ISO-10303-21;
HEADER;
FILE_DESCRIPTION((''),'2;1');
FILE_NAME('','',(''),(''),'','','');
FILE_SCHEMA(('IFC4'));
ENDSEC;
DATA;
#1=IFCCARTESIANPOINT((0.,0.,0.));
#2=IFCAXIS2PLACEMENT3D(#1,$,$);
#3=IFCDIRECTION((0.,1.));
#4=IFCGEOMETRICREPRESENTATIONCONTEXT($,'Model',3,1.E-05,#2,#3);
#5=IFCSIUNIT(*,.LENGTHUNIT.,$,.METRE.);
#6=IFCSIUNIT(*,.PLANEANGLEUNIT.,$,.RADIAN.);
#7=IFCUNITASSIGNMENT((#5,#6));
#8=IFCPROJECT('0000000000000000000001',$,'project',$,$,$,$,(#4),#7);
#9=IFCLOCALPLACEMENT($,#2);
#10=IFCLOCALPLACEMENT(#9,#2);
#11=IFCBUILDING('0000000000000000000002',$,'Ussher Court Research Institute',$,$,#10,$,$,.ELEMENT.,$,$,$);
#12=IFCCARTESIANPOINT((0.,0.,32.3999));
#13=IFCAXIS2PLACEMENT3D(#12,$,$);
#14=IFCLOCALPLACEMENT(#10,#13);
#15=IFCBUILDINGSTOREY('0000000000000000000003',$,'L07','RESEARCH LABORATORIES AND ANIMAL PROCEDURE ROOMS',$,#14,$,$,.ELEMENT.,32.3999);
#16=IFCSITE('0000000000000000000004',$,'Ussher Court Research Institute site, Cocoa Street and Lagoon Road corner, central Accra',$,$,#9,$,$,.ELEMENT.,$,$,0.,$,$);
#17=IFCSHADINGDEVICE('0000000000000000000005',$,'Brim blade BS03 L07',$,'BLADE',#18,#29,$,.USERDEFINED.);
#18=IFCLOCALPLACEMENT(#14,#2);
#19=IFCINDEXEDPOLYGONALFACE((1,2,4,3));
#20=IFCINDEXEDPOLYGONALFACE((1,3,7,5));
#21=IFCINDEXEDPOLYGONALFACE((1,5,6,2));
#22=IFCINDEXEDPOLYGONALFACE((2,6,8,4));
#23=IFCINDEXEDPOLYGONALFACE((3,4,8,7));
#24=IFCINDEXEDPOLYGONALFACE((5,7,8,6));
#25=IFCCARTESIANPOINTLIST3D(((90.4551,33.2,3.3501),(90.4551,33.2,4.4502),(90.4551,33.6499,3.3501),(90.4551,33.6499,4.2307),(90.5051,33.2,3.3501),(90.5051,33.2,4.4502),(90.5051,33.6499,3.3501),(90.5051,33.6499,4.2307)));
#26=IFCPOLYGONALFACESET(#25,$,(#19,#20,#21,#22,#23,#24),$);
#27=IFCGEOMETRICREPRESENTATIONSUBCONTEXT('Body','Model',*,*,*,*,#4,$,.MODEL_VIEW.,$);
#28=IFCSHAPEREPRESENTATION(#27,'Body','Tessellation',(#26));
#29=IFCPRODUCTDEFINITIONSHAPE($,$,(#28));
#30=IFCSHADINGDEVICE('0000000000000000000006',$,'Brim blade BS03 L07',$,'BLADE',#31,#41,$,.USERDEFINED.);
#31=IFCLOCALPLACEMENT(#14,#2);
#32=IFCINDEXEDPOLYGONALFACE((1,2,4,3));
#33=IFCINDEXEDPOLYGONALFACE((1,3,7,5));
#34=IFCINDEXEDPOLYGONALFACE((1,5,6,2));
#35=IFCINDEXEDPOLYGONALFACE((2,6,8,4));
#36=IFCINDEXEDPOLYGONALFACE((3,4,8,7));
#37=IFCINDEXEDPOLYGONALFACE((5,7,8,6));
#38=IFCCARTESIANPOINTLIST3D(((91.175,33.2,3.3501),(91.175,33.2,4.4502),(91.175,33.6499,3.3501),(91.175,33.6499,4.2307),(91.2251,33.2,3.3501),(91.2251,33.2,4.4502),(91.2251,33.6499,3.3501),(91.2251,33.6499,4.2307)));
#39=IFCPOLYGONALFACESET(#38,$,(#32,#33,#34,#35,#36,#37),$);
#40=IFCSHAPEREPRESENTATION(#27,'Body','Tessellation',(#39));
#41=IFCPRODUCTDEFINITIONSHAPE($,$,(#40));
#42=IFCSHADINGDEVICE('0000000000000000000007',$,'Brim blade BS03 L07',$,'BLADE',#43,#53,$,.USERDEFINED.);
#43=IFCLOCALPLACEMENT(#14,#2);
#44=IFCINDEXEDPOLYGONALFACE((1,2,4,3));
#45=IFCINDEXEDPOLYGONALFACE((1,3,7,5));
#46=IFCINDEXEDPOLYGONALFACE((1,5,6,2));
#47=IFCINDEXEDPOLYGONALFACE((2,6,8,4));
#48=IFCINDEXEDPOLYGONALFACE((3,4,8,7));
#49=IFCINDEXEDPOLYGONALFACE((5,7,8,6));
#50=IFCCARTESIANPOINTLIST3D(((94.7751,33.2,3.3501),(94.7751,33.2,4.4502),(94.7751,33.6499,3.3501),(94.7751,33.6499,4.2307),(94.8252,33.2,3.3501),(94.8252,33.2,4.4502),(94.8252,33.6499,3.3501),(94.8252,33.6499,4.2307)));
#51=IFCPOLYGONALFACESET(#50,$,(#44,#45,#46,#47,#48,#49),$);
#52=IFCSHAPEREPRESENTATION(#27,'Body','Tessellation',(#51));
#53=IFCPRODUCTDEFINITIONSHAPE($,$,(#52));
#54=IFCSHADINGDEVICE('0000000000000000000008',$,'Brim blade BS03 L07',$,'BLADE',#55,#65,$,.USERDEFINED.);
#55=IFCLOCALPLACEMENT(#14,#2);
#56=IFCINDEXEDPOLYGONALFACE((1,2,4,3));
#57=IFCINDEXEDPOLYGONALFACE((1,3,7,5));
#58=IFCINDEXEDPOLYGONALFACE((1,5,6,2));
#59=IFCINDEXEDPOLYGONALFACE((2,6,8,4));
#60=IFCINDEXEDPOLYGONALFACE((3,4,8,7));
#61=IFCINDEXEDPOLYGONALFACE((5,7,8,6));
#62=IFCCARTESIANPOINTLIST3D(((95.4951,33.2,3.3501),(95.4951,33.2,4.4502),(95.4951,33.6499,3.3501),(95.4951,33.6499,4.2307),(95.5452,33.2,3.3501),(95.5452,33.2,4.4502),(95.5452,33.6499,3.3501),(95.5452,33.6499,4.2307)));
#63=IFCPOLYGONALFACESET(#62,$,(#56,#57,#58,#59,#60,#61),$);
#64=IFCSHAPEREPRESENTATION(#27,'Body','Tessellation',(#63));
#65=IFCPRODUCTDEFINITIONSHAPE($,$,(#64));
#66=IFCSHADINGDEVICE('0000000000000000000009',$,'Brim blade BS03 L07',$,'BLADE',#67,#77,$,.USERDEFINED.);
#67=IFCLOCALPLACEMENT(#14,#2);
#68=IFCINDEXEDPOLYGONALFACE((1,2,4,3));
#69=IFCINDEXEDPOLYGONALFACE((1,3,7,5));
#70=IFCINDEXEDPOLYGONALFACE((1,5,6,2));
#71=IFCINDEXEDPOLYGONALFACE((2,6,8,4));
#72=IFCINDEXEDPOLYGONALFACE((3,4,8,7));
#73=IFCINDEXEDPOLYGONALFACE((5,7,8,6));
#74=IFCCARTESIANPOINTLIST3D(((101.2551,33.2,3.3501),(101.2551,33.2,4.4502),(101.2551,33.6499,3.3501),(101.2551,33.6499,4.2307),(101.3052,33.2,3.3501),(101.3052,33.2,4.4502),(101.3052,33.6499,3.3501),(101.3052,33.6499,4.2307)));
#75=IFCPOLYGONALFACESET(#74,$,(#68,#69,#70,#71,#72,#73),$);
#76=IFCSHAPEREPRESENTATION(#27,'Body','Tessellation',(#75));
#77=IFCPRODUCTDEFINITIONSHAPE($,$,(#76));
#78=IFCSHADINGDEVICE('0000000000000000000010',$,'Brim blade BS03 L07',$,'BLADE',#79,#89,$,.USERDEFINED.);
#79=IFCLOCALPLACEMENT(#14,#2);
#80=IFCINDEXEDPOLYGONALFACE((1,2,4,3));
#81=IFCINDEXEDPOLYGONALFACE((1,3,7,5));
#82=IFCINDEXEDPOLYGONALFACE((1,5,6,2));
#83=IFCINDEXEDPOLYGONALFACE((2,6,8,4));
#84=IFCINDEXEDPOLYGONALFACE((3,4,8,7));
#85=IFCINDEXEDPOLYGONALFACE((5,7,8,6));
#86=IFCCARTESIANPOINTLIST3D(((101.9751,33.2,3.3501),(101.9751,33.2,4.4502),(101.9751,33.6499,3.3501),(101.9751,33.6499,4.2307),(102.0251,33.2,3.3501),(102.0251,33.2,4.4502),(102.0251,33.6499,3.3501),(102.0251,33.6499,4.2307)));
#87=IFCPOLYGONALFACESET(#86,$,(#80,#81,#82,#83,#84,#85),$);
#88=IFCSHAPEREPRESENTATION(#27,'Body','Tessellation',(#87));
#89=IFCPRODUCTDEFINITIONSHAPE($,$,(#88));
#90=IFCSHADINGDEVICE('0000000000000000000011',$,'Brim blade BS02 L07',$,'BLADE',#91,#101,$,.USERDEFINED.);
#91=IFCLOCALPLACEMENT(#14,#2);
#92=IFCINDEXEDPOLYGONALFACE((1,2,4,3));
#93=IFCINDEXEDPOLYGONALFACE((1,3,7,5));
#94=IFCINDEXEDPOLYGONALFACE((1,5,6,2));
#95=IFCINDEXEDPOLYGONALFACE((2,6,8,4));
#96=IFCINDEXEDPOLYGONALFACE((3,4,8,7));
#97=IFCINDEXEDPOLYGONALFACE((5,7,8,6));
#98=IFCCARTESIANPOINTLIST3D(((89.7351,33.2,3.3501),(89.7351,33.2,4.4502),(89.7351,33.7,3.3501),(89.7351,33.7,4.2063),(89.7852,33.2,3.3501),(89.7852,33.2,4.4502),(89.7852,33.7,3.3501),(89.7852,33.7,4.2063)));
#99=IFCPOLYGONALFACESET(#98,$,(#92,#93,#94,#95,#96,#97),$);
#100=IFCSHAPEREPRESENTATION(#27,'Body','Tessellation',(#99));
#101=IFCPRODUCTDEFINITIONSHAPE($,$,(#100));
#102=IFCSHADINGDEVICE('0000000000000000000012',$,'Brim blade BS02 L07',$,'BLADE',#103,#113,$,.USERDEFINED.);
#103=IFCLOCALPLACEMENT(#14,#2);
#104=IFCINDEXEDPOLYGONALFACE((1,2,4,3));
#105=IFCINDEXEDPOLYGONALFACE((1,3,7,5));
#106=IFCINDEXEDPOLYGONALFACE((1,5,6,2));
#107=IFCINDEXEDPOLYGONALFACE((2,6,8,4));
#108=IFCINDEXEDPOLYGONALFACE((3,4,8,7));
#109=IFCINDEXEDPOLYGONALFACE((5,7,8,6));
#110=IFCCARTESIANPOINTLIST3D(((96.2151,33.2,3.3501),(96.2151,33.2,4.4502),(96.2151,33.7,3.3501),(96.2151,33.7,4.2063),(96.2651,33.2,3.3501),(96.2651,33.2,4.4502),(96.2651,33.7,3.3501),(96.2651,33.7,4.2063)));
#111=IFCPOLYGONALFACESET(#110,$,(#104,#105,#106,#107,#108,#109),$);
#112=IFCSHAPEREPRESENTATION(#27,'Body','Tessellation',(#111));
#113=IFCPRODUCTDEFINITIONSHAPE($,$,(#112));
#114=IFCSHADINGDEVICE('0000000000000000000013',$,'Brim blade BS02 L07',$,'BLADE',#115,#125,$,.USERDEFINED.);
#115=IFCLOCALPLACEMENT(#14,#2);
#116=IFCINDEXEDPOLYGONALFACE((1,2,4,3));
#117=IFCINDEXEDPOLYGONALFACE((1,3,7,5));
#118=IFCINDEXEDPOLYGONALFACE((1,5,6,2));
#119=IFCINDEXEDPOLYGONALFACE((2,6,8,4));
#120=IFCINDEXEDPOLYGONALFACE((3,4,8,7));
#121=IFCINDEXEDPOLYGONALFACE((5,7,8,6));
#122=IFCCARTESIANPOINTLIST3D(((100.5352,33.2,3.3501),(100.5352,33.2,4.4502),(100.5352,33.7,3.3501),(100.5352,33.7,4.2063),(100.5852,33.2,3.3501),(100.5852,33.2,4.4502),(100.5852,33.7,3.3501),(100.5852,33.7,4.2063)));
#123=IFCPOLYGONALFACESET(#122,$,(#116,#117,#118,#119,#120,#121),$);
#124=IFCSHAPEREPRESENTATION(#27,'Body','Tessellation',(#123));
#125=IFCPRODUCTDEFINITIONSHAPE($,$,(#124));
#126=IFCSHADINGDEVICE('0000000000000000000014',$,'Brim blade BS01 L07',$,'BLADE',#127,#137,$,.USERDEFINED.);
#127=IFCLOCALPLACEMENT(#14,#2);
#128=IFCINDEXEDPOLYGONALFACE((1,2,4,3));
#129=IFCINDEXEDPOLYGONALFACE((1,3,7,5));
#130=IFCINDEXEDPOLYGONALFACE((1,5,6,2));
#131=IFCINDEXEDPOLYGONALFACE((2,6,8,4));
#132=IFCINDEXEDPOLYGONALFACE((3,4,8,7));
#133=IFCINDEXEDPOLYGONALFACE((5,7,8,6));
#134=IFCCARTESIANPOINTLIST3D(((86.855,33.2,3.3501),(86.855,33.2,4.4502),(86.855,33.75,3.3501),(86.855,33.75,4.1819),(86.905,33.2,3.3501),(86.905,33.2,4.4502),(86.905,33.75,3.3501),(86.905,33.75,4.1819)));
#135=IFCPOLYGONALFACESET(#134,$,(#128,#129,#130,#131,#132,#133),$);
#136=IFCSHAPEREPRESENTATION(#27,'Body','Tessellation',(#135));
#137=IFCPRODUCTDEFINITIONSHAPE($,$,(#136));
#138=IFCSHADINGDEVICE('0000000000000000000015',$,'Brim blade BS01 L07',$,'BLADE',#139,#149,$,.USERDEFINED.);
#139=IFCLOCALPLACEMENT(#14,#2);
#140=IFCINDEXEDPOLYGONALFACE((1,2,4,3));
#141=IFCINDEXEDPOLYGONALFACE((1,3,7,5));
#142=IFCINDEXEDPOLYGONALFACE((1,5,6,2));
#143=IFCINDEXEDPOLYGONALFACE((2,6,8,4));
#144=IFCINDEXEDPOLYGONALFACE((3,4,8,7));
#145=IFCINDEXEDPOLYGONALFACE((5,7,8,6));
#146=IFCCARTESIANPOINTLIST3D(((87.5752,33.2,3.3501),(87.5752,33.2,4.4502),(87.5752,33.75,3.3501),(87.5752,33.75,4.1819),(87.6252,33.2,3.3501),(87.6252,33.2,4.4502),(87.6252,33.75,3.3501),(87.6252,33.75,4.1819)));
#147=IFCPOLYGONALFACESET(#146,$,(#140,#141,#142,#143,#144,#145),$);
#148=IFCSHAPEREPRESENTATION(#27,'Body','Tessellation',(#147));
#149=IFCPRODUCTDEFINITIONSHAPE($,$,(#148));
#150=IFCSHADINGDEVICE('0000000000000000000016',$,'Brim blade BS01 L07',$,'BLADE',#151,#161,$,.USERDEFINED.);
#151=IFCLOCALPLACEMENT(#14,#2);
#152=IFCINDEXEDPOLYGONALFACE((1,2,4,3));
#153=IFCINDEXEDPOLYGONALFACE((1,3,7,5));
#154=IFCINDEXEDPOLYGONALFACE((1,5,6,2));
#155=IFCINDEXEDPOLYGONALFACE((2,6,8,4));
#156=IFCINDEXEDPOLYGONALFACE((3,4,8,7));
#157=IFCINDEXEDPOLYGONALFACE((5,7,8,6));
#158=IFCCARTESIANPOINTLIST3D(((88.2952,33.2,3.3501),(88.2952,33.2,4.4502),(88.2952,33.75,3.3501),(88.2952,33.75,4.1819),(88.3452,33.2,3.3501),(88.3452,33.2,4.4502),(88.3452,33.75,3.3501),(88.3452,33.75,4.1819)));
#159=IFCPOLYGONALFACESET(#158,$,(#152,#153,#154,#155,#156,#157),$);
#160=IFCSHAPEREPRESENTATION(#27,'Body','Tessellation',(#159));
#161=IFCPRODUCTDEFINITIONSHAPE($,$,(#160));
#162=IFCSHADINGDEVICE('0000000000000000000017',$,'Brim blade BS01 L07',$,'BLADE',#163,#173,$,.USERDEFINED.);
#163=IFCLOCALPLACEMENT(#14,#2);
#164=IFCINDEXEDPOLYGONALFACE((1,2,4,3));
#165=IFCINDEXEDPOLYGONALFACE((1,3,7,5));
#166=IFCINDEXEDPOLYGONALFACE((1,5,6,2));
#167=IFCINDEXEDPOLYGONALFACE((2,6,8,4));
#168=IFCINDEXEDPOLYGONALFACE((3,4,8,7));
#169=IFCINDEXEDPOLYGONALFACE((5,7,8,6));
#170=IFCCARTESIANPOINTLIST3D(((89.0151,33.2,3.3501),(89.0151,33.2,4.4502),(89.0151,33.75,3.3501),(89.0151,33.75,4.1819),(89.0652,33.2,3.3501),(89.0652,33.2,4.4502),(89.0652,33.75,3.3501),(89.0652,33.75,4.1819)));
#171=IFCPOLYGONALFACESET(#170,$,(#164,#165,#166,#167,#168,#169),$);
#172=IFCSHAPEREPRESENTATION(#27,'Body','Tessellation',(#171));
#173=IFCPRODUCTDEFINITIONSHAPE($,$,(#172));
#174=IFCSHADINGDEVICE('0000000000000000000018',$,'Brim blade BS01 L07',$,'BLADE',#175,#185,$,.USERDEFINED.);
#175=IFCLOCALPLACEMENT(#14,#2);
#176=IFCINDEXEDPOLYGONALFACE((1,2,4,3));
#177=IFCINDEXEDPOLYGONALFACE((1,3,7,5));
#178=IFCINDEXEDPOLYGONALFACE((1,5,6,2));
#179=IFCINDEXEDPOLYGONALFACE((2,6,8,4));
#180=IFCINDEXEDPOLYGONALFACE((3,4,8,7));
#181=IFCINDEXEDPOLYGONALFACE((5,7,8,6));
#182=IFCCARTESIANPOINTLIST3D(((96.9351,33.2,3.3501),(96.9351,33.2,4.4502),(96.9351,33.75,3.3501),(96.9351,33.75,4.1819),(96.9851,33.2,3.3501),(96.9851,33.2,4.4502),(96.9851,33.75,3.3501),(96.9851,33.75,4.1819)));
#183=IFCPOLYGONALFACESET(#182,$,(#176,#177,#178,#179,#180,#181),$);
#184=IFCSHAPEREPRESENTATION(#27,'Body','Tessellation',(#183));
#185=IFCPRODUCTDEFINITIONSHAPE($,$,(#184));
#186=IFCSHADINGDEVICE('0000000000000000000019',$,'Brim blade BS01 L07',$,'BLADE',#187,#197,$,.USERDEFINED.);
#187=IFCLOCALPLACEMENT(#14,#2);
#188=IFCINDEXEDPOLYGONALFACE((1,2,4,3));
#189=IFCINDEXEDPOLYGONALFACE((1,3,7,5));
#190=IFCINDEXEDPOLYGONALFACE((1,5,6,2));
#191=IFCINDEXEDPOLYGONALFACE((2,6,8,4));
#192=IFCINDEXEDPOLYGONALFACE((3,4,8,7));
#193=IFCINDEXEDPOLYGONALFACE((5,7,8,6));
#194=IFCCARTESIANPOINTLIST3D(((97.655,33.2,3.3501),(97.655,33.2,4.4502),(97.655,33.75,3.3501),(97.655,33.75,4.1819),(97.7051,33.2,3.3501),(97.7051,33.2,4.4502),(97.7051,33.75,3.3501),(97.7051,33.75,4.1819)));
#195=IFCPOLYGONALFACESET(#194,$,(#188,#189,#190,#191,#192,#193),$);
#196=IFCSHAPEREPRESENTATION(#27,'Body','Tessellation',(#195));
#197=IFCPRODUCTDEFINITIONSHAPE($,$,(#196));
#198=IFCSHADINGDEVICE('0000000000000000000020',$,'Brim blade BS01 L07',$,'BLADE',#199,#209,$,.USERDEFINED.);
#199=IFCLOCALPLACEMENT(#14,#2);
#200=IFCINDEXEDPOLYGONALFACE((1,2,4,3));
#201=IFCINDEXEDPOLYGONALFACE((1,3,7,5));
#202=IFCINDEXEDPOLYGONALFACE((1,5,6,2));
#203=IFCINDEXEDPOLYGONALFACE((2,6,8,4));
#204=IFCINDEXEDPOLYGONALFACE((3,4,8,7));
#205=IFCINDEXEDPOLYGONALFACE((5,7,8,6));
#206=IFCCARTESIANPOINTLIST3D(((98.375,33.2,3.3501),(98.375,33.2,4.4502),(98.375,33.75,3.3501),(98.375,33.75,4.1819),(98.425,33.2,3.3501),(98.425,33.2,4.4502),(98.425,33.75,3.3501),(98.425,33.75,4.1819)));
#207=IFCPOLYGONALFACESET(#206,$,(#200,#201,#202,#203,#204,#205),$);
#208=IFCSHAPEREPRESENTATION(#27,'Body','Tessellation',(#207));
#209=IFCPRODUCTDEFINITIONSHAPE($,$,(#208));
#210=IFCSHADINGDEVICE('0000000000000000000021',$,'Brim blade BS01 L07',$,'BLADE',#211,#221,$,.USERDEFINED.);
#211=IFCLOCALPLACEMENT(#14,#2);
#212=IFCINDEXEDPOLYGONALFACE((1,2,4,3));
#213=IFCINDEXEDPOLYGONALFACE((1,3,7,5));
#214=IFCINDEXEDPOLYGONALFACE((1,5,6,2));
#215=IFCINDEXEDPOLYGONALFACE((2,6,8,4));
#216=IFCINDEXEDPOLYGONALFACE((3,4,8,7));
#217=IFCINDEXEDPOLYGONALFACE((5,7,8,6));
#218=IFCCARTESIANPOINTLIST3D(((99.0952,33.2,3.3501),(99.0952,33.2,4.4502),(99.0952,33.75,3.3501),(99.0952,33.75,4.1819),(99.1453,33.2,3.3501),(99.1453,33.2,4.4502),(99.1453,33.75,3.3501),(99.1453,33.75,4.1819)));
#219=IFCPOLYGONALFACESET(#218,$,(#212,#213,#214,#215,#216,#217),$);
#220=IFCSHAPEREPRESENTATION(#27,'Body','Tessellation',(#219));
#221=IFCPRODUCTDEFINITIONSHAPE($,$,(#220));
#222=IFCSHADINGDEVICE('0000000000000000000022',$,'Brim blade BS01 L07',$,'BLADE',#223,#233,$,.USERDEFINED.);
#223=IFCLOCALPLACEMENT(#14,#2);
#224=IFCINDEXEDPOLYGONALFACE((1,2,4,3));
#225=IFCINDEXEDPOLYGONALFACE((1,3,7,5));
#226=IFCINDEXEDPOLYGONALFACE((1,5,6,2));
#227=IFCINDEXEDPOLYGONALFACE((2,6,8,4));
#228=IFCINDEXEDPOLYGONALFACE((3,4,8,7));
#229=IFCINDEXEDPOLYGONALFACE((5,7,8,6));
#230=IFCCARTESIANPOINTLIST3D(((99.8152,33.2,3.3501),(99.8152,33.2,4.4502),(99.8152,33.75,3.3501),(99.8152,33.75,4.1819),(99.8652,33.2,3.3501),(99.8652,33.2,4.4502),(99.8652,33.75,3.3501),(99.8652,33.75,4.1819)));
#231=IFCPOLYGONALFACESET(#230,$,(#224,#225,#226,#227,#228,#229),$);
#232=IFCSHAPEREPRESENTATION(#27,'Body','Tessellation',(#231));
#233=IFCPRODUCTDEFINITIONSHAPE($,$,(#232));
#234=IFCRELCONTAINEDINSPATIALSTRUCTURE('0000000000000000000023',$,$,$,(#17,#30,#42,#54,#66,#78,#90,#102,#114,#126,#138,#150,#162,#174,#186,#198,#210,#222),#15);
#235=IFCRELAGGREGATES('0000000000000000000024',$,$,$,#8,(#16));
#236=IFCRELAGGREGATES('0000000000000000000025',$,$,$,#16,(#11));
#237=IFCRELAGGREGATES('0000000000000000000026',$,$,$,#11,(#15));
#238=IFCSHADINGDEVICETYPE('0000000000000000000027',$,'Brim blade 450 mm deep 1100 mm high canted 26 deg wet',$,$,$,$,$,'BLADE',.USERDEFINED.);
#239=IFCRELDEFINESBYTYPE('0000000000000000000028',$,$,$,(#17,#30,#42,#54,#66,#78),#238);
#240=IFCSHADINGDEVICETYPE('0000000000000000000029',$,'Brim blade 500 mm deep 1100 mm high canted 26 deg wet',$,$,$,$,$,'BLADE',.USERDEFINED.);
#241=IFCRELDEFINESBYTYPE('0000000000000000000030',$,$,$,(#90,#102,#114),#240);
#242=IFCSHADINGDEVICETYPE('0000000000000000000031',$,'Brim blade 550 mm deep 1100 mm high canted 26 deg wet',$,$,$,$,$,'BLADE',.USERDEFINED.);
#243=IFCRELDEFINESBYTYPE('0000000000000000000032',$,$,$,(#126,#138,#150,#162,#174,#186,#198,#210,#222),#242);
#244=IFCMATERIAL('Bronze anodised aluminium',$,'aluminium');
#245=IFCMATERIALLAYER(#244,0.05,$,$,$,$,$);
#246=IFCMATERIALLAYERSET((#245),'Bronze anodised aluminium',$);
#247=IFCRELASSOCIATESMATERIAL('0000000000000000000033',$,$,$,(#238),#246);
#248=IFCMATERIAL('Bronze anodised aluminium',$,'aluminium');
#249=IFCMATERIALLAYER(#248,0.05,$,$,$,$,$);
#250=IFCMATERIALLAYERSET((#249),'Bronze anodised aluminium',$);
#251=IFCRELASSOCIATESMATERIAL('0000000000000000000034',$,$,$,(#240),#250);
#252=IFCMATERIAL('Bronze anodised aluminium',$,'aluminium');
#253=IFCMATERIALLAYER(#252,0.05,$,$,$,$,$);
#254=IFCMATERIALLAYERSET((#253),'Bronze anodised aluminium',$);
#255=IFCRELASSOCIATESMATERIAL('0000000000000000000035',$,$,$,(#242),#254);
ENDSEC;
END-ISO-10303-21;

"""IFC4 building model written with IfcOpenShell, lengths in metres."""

from ifc_helpers import new_model, si_unit, direction, frame, origin, place, context, subcontext, project, spatial, polyline, outline, extrude, material, layer, layer_set, type_object, element, save


model = new_model("IFC4")

# Units and contexts
model_context = context("Model", 3, precision=1e-05, world=origin(), true_north=direction((0.0, 1.0)))
body_context = subcontext(model_context, "Body", "Model", "MODEL_VIEW")
ifc_project = project(units=[si_unit("LENGTHUNIT", "METRE"), si_unit("PLANEANGLEUNIT", "RADIAN")], contexts=[model_context])

# Site, building, storey
site_placement = place(None, origin())
site = spatial("IfcSite", under=ifc_project, at=site_placement, Name="Ussher Court Research Institute site, Cocoa Street and Lagoon Road corner, central Accra", CompositionType="ELEMENT", RefElevation=0.0)
building_placement = place(site_placement, origin())
building = spatial("IfcBuilding", under=site, at=building_placement, Name="Ussher Court Research Institute", CompositionType="ELEMENT")
storey_placement = place(building_placement, frame((0.0, 0.0, 32.3999)))
storey = spatial("IfcBuildingStorey", under=building, at=storey_placement, Name="L07", Description="RESEARCH LABORATORIES AND ANIMAL PROCEDURE ROOMS", CompositionType="ELEMENT", Elevation=32.3999)

# Shading devices
ifc_material_1 = material(Name="Bronze anodised aluminium", Category="aluminium")
ifc_layer_1 = layer(ifc_material_1, 0.05)
ifc_layer_set_1 = layer_set([ifc_layer_1], Name="Bronze anodised aluminium")
shading_device_type_1 = type_object("IfcShadingDeviceType", Name="Brim blade 450 mm deep 1100 mm high canted 26 deg wet", ElementType="BLADE", PredefinedType="USERDEFINED", material=ifc_layer_set_1)
for number, where, z_axis, x_axis, name in (
    (1, (90.48, 33.2, 3.3501), (0.0, 0.0, 1.0), (0.0, 1.0, 0.0), "Brim blade BS03 L07"),
    (2, (91.2, 33.2, 3.3501), (0.0, 0.0, 1.0), (0.0, 1.0, 0.0), "Brim blade BS03 L07"),
    (3, (94.8, 33.2, 3.3501), (0.0, 0.0, 1.0), (0.0, 1.0, 0.0), "Brim blade BS03 L07"),
    (4, (95.52, 33.2, 3.3501), (0.0, 0.0, 1.0), (0.0, 1.0, 0.0), "Brim blade BS03 L07"),
    (5, (101.28, 33.2, 3.3501), (0.0, 0.0, 1.0), (0.0, 1.0, 0.0), "Brim blade BS03 L07"),
    (6, (102.0, 33.2, 3.3501), (0.0, 0.0, 1.0), (0.0, 1.0, 0.0), "Brim blade BS03 L07"),
):
    element("IfcShadingDevice", number, at=place(storey_placement, frame(where, z_axis=z_axis, x_axis=x_axis)), inside=storey, type_object=shading_device_type_1, Name=name, ObjectType="BLADE", PredefinedType="USERDEFINED", context=body_context, shape_type="SweptSolid", body=[
        extrude(outline(polyline([(0.0, 0.0), (0.45, 0.0), (0.45, 0.8806), (0.0, 1.1001), (0.0, 0.0)])), frame((0.0, 0.0249, 0.0), z_axis=(0.0, -1.0, 0.0), x_axis=(1.0, 0.0, 0.0)), (0.0, 0.0, 1.0), 0.05),
    ])
ifc_material_2 = material(Name="Bronze anodised aluminium", Category="aluminium")
ifc_layer_2 = layer(ifc_material_2, 0.05)
ifc_layer_set_2 = layer_set([ifc_layer_2], Name="Bronze anodised aluminium")
shading_device_type_2 = type_object("IfcShadingDeviceType", Name="Brim blade 500 mm deep 1100 mm high canted 26 deg wet", ElementType="BLADE", PredefinedType="USERDEFINED", material=ifc_layer_set_2)
for number, where, z_axis, x_axis, name in (
    (7, (89.76, 33.2, 3.3501), (0.0, 0.0, 1.0), (0.0, 1.0, 0.0), "Brim blade BS02 L07"),
    (8, (96.24, 33.2, 3.3501), (0.0, 0.0, 1.0), (0.0, 1.0, 0.0), "Brim blade BS02 L07"),
    (9, (100.5601, 33.2, 3.3501), (0.0, 0.0, 1.0), (0.0, 1.0, 0.0), "Brim blade BS02 L07"),
):
    element("IfcShadingDevice", number, at=place(storey_placement, frame(where, z_axis=z_axis, x_axis=x_axis)), inside=storey, type_object=shading_device_type_2, Name=name, ObjectType="BLADE", PredefinedType="USERDEFINED", context=body_context, shape_type="SweptSolid", body=[
        extrude(outline(polyline([(0.0, 0.0), (0.5, 0.0), (0.5, 0.8562), (0.0, 1.1001), (0.0, 0.0)])), frame((0.0, 0.0249, 0.0), z_axis=(0.0, -1.0, 0.0), x_axis=(1.0, 0.0, 0.0)), (0.0, 0.0, 1.0), 0.05),
    ])
ifc_material_3 = material(Name="Bronze anodised aluminium", Category="aluminium")
ifc_layer_3 = layer(ifc_material_3, 0.05)
ifc_layer_set_3 = layer_set([ifc_layer_3], Name="Bronze anodised aluminium")
shading_device_type_3 = type_object("IfcShadingDeviceType", Name="Brim blade 550 mm deep 1100 mm high canted 26 deg wet", ElementType="BLADE", PredefinedType="USERDEFINED", material=ifc_layer_set_3)
for number, where, z_axis, x_axis, name in (
    (10, (86.8799, 33.2, 3.3501), (0.0, 0.0, 1.0), (0.0, 1.0, 0.0), "Brim blade BS01 L07"),
    (11, (87.6001, 33.2, 3.3501), (0.0, 0.0, 1.0), (0.0, 1.0, 0.0), "Brim blade BS01 L07"),
    (12, (88.3201, 33.2, 3.3501), (0.0, 0.0, 1.0), (0.0, 1.0, 0.0), "Brim blade BS01 L07"),
    (13, (89.04, 33.2, 3.3501), (0.0, 0.0, 1.0), (0.0, 1.0, 0.0), "Brim blade BS01 L07"),
    (14, (96.96, 33.2, 3.3501), (0.0, 0.0, 1.0), (0.0, 1.0, 0.0), "Brim blade BS01 L07"),
    (15, (97.6799, 33.2, 3.3501), (0.0, 0.0, 1.0), (0.0, 1.0, 0.0), "Brim blade BS01 L07"),
    (16, (98.3999, 33.2, 3.3501), (0.0, 0.0, 1.0), (0.0, 1.0, 0.0), "Brim blade BS01 L07"),
    (17, (99.1201, 33.2, 3.3501), (0.0, 0.0, 1.0), (0.0, 1.0, 0.0), "Brim blade BS01 L07"),
    (18, (99.8401, 33.2, 3.3501), (0.0, 0.0, 1.0), (0.0, 1.0, 0.0), "Brim blade BS01 L07"),
):
    element("IfcShadingDevice", number, at=place(storey_placement, frame(where, z_axis=z_axis, x_axis=x_axis)), inside=storey, type_object=shading_device_type_3, Name=name, ObjectType="BLADE", PredefinedType="USERDEFINED", context=body_context, shape_type="SweptSolid", body=[
        extrude(outline(polyline([(0.0, 0.0), (0.55, 0.0), (0.55, 0.8318), (0.0, 1.1001), (0.0, 0.0)])), frame((0.0, 0.0249, 0.0), z_axis=(0.0, -1.0, 0.0), x_axis=(1.0, 0.0, 0.0)), (0.0, 0.0, 1.0), 0.05),
    ])

save(model, "model.ifc")
